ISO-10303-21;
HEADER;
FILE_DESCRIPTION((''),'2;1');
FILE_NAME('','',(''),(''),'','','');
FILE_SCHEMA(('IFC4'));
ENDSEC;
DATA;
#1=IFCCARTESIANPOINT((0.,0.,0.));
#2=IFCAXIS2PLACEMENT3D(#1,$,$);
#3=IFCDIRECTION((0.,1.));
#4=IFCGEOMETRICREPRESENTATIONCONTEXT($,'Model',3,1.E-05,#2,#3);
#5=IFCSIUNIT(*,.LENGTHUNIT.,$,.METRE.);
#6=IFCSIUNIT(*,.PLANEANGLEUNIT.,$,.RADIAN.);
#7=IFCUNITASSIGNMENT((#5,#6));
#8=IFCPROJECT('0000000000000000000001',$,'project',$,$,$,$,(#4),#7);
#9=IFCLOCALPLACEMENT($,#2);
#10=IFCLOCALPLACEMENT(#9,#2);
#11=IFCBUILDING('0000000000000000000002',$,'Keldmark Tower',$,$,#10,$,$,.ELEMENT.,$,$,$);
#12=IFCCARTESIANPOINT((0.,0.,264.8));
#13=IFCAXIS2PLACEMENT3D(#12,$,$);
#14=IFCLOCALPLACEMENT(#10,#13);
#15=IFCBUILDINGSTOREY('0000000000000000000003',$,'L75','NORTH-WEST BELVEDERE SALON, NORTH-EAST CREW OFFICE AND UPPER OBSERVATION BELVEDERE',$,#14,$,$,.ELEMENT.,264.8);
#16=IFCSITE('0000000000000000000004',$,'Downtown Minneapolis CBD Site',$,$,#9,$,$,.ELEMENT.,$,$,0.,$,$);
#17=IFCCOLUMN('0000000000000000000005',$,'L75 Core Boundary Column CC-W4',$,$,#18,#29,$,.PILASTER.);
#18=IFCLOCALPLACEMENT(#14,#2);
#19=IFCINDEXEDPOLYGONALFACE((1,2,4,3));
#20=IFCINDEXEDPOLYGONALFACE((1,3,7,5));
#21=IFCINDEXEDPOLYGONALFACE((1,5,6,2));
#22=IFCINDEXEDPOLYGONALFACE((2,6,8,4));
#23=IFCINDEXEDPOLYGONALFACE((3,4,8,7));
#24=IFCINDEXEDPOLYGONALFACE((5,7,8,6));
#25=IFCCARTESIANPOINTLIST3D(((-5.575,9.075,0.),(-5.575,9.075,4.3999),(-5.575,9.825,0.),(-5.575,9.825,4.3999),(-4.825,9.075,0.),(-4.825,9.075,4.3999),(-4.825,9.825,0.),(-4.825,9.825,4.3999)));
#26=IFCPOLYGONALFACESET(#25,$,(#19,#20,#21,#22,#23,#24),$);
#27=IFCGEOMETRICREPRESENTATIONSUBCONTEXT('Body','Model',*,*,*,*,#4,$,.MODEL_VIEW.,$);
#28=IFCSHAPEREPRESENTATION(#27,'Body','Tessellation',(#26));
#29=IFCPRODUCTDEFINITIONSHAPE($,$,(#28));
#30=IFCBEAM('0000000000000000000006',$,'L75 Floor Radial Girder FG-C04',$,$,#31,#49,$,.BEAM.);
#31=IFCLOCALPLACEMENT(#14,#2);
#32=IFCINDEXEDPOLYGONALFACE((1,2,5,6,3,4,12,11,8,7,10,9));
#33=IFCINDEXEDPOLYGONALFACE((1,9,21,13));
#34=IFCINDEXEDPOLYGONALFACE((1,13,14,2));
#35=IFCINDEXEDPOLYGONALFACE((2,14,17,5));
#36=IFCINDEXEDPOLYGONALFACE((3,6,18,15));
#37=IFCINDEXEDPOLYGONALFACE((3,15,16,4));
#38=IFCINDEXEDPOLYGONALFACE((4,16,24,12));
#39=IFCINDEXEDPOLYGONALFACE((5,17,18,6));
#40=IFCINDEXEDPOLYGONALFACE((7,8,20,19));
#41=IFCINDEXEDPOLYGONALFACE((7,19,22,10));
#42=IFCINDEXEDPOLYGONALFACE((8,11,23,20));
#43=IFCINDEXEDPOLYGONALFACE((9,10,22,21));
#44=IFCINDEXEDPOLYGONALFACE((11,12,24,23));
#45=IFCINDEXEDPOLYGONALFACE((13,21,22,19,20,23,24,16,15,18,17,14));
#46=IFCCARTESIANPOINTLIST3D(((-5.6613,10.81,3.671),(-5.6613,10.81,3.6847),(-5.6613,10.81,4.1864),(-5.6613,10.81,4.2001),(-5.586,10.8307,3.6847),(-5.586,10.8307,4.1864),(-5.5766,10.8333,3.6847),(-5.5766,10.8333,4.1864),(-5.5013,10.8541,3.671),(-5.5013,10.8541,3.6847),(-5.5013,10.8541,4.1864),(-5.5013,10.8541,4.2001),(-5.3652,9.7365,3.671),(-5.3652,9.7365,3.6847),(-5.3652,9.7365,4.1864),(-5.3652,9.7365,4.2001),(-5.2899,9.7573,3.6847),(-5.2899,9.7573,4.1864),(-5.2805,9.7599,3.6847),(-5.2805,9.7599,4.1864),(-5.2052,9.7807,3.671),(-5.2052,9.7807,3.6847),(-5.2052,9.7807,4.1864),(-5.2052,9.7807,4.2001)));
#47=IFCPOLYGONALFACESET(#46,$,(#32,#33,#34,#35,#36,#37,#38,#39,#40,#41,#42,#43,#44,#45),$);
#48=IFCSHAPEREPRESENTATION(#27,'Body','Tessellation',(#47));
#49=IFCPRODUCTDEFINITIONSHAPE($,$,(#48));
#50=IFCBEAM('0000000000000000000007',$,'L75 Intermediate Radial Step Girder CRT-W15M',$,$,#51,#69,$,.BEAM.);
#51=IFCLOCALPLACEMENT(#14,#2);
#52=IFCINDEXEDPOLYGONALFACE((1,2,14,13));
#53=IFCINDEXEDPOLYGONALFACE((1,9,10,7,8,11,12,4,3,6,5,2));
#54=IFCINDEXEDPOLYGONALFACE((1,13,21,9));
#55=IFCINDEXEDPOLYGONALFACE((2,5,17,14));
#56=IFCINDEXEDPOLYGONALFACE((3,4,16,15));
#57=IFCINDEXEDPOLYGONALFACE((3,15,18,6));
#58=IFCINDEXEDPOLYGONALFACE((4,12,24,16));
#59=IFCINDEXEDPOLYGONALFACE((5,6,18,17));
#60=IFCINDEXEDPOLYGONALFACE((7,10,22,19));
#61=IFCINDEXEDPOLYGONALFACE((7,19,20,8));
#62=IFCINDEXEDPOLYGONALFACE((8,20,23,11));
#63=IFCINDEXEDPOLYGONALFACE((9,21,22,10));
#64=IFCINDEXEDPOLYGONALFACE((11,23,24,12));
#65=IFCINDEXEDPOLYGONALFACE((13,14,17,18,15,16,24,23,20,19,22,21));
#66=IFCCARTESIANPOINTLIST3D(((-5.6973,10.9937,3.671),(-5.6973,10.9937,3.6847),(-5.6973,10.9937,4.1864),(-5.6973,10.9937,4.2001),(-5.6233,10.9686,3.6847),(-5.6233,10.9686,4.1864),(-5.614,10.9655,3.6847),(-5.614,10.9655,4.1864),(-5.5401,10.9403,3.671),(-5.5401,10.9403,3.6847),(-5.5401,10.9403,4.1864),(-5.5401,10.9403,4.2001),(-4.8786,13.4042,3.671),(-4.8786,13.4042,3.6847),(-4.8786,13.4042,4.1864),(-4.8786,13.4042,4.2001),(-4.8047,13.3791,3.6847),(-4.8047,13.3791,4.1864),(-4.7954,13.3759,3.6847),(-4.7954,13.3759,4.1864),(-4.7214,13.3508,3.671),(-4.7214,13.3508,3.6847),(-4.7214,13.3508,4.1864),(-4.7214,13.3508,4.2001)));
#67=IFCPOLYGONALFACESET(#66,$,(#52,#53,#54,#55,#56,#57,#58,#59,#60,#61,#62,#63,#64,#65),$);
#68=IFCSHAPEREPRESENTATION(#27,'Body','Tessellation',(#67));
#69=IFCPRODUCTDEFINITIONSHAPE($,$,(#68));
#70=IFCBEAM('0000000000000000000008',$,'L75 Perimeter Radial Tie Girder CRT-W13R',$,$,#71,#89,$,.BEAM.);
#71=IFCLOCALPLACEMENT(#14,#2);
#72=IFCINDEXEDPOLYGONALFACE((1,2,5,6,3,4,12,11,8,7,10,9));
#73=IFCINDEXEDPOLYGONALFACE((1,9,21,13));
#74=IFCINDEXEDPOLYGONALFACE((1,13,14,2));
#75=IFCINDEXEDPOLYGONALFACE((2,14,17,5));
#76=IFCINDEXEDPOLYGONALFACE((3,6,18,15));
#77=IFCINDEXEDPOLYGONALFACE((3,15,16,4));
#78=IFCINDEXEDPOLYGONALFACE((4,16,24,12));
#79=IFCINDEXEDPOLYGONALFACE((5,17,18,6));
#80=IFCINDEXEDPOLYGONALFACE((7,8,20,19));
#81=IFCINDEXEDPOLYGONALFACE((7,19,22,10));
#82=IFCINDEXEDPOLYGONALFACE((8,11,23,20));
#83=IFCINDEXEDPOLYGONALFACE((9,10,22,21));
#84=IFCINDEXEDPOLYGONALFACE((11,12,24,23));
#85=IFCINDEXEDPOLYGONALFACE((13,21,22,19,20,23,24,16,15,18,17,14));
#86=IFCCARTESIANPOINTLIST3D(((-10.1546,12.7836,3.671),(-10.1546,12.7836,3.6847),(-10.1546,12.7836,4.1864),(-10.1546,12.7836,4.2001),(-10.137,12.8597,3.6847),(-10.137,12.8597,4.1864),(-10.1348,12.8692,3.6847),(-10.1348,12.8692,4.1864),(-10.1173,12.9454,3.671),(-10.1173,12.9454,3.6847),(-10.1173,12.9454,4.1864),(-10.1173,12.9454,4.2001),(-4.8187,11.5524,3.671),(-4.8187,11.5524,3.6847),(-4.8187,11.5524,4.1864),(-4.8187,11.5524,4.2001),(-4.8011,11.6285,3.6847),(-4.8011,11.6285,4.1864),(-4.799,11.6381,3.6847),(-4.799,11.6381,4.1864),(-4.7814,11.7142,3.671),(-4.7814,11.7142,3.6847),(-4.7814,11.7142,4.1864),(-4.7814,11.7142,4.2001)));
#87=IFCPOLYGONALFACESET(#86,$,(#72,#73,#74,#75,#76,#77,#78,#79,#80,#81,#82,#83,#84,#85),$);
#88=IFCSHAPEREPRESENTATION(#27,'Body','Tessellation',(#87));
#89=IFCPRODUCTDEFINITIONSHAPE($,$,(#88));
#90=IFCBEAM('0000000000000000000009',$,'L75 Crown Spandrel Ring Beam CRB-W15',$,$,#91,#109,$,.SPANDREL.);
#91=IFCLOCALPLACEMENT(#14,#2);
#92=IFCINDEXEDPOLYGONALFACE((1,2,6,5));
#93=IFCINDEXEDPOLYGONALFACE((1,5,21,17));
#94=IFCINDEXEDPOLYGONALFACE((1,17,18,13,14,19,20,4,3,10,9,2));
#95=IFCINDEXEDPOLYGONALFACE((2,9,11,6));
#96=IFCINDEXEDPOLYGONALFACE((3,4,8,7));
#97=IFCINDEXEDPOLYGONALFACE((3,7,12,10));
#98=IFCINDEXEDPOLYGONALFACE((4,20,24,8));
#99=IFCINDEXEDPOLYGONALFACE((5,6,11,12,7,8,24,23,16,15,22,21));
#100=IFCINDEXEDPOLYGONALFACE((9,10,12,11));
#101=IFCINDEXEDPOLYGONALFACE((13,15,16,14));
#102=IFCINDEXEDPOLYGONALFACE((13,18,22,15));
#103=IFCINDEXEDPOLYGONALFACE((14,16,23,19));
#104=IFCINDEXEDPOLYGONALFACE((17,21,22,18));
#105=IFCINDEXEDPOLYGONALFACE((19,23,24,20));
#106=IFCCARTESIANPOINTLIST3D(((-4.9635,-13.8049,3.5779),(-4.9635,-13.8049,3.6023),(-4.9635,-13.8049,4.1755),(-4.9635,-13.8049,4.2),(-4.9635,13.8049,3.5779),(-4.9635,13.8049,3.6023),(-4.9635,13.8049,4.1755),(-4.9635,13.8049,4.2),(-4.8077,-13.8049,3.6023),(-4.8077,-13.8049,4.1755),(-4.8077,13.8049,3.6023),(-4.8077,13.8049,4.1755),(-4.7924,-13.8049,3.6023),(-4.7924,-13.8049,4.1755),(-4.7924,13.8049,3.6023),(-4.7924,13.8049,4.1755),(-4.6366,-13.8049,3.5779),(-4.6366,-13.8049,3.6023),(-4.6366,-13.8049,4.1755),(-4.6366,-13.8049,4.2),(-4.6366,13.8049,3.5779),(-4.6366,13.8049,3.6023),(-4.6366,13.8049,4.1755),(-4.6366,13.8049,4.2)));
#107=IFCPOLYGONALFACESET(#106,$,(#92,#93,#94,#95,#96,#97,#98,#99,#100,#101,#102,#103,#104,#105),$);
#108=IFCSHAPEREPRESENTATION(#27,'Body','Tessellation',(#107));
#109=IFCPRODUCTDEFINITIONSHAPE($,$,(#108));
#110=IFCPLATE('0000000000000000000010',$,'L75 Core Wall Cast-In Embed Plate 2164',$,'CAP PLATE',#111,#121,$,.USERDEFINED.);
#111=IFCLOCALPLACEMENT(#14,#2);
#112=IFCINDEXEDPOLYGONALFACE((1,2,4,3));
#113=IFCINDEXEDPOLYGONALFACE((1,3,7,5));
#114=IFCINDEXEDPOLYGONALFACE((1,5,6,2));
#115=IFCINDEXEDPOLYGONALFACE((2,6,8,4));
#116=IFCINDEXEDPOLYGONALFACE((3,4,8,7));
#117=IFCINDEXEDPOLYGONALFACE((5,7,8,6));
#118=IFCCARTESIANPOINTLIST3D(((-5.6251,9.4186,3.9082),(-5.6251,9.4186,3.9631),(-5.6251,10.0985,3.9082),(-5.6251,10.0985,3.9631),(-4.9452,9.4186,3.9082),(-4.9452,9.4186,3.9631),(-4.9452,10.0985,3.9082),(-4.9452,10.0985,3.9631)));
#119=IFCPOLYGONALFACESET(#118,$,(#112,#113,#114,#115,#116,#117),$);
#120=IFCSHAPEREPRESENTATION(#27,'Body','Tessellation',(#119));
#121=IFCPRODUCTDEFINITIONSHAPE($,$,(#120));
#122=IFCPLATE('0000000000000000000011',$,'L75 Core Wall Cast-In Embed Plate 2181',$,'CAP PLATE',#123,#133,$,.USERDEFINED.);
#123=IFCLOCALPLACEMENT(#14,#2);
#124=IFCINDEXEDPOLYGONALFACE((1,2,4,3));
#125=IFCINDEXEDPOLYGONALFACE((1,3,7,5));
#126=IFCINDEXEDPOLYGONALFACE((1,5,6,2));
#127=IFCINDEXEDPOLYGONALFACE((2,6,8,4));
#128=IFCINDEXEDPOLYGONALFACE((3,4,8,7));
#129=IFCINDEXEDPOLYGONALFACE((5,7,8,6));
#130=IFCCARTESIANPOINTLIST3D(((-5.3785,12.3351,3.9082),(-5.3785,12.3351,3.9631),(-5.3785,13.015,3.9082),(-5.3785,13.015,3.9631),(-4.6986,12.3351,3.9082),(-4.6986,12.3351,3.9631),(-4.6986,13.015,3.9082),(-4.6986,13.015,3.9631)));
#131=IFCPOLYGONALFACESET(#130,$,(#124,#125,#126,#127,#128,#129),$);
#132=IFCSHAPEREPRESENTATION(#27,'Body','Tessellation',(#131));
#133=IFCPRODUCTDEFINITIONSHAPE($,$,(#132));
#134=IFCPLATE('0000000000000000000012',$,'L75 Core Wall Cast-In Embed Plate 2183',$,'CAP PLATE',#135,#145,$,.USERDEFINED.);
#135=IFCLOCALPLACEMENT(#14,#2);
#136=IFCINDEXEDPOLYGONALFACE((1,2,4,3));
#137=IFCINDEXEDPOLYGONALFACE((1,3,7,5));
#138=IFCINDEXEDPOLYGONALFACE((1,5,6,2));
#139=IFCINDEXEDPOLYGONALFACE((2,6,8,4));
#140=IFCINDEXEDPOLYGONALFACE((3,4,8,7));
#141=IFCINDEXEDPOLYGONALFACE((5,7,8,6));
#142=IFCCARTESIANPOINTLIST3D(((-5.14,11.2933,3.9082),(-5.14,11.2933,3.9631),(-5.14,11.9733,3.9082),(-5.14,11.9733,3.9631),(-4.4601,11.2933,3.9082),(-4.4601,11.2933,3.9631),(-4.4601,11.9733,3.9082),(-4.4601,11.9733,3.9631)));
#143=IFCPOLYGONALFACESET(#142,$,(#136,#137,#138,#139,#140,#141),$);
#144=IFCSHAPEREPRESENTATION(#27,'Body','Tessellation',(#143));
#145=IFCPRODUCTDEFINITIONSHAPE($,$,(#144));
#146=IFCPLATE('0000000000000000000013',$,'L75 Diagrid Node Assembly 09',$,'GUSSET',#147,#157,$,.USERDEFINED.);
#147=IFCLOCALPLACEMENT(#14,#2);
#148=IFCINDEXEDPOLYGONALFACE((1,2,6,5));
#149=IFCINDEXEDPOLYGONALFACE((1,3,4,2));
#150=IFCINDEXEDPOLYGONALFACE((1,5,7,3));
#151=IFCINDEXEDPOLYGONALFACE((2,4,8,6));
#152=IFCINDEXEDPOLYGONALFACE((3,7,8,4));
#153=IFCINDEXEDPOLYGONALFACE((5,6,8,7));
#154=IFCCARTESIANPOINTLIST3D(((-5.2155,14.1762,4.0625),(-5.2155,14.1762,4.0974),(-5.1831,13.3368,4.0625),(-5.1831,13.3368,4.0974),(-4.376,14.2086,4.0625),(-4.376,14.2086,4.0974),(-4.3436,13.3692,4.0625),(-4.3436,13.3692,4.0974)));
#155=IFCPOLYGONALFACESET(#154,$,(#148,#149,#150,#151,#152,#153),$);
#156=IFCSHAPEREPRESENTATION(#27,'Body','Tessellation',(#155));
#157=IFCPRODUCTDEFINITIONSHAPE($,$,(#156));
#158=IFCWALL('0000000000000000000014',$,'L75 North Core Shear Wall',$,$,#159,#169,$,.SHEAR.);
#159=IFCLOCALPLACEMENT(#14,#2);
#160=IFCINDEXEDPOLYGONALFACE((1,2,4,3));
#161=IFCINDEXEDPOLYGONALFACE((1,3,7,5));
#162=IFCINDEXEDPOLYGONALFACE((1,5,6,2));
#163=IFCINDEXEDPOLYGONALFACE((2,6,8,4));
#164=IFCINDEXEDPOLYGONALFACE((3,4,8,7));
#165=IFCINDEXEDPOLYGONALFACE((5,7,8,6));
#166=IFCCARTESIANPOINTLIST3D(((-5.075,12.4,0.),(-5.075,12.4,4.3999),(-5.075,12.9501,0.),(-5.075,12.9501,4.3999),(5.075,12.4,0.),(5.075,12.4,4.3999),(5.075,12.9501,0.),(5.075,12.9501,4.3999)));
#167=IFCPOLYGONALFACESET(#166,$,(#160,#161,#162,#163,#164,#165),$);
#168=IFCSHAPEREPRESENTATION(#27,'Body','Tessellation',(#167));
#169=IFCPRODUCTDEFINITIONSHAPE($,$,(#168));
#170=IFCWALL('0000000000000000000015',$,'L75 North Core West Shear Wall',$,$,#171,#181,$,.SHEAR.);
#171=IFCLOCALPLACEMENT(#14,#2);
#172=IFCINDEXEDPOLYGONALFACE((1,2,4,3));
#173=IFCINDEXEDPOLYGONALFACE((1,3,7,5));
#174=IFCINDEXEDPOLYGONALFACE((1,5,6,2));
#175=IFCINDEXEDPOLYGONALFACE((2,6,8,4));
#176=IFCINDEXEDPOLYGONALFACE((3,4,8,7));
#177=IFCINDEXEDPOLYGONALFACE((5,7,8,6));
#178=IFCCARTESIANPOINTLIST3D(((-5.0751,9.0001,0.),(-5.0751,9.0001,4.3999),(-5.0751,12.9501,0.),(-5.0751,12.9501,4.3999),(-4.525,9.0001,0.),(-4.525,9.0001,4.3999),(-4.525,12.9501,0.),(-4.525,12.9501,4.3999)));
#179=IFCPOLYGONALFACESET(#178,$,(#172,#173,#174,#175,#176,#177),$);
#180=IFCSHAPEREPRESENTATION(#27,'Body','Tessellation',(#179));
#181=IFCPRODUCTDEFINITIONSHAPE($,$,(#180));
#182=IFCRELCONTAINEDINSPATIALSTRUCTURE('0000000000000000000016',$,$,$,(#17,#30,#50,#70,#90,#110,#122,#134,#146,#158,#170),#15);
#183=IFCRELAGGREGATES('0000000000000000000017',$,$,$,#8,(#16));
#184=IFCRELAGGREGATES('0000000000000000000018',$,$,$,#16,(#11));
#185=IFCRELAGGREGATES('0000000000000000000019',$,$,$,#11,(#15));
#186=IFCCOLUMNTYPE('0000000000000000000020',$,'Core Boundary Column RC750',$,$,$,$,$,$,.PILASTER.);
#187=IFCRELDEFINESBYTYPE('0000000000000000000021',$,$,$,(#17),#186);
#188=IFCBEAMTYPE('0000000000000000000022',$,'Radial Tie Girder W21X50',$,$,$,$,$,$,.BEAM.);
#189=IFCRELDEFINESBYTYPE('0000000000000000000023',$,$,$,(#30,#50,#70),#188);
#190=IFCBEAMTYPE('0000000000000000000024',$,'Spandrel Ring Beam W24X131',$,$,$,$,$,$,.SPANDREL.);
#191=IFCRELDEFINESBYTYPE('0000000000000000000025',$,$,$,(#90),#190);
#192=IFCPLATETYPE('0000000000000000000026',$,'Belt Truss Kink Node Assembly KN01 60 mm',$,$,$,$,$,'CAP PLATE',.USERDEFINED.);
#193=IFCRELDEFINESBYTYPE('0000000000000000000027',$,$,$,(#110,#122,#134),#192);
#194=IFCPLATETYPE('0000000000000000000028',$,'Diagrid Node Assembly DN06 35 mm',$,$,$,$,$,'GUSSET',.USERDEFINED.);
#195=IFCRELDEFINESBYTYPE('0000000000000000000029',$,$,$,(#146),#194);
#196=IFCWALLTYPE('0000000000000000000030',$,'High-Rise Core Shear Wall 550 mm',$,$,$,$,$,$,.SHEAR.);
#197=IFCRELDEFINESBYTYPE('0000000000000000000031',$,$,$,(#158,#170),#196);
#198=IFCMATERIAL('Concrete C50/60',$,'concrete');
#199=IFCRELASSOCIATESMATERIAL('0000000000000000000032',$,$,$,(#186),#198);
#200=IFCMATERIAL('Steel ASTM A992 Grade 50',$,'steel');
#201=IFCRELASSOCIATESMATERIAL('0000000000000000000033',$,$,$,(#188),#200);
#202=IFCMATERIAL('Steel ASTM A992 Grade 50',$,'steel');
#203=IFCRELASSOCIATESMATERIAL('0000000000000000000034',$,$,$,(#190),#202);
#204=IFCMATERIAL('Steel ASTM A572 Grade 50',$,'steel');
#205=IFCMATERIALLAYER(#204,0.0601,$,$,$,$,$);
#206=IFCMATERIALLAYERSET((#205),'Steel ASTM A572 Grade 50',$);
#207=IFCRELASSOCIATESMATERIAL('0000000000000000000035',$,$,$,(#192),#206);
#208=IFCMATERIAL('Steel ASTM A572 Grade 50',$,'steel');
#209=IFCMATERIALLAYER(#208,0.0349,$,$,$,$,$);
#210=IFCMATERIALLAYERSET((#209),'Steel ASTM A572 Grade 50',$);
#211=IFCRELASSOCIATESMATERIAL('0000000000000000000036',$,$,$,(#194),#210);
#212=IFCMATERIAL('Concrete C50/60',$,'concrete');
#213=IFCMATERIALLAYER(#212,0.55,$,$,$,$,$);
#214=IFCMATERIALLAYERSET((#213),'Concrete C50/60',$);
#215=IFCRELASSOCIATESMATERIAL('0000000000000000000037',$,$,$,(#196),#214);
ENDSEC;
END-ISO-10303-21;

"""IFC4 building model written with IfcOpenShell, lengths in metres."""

from ifc_helpers import new_model, si_unit, direction, frame, frame_2d, origin, origin_2d, place, context, subcontext, project, spatial, rectangle, i_section, extrude, material, layer, layer_set, material_profile, profile_set, type_object, element, save


model = new_model("IFC4")

# Units and contexts
model_context = context("Model", 3, precision=1e-05, world=origin(), true_north=direction((0.0, 1.0)))
body_context = subcontext(model_context, "Body", "Model", "MODEL_VIEW")
ifc_project = project(units=[si_unit("LENGTHUNIT", "METRE"), si_unit("PLANEANGLEUNIT", "RADIAN")], contexts=[model_context])

# Site, building, storey
site_placement = place(None, origin())
site = spatial("IfcSite", under=ifc_project, at=site_placement, Name="Downtown Minneapolis CBD Site", CompositionType="ELEMENT", RefElevation=0.0)
building_placement = place(site_placement, origin())
building = spatial("IfcBuilding", under=site, at=building_placement, Name="Keldmark Tower", CompositionType="ELEMENT")
storey_placement = place(building_placement, frame((0.0, 0.0, 264.8)))
storey = spatial("IfcBuildingStorey", under=building, at=storey_placement, Name="L75", Description="NORTH-WEST BELVEDERE SALON, NORTH-EAST CREW OFFICE AND UPPER OBSERVATION BELVEDERE", CompositionType="ELEMENT", Elevation=264.8)

# Column
ifc_material_1 = material(Name="Concrete C50/60", Category="concrete")
ifc_material_profile_1 = material_profile(ifc_material_1, rectangle(XDim=0.75, YDim=0.75, at=origin_2d()), Name="RC750X750")
ifc_profile_set_1 = profile_set([ifc_material_profile_1], Name="Concrete C50/60")
column_type = type_object("IfcColumnType", Name="Core Boundary Column RC750", PredefinedType="PILASTER", material=ifc_profile_set_1)
column_placement = place(storey_placement, frame((-5.2, 9.45, 0.0), z_axis=(0.0, 0.0, 1.0), x_axis=(1.0, 0.0, 0.0)))
element("IfcColumn", 1, at=column_placement, inside=storey, type_object=column_type, Name="L75 Core Boundary Column CC-W4", PredefinedType="PILASTER", context=body_context, shape_type="SweptSolid", body=[
    extrude(rectangle(XDim=0.75, YDim=0.75, at=origin_2d()), origin(), (0.0, 0.0, 1.0), 4.3999),
])

# Beams
ifc_material_2 = material(Name="Steel ASTM A992 Grade 50", Category="steel")
ifc_material_profile_2 = material_profile(ifc_material_2, i_section(OverallWidth=0.166, OverallDepth=0.5291, WebThickness=0.0098, FlangeThickness=0.0137, at=origin_2d()), Name="W21X50")
ifc_profile_set_2 = profile_set([ifc_material_profile_2], Name="Steel ASTM A992 Grade 50")
beam_type_1 = type_object("IfcBeamType", Name="Radial Tie Girder W21X50", PredefinedType="BEAM", material=ifc_profile_set_2)
beam_1_placement = place(storey_placement, frame((-5.5813, 10.832, 3.9355), z_axis=(0.265936, -0.963991, 0.0), x_axis=(0.963991, 0.265936, 0.0)))
element("IfcBeam", 2, at=beam_1_placement, inside=storey, type_object=beam_type_1, Name="L75 Floor Radial Girder FG-C04", PredefinedType="BEAM", context=body_context, shape_type="SweptSolid", body=[
    extrude(i_section(OverallWidth=0.166, OverallDepth=0.5291, WebThickness=0.0098, FlangeThickness=0.0137, at=origin_2d()), origin(), (0.0, 0.0, 1.0), 1.1135),
])
beam_2_placement = place(storey_placement, frame((-5.6187, 10.967, 3.9355), z_axis=(0.321574, 0.946884, 0.0), x_axis=(-0.946884, 0.321574, 0.0)))
element("IfcBeam", 3, at=beam_2_placement, inside=storey, type_object=beam_type_1, Name="L75 Intermediate Radial Step Girder CRT-W15M", PredefinedType="BEAM", context=body_context, shape_type="SweptSolid", body=[
    extrude(i_section(OverallWidth=0.166, OverallDepth=0.5291, WebThickness=0.0098, FlangeThickness=0.0137, at=origin_2d()), origin(), (0.0, 0.0, 1.0), 2.5457),
])
beam_3_placement = place(storey_placement, frame((-4.8, 11.6333, 3.9355), z_axis=(-0.974398, 0.22483, 0.0), x_axis=(-0.22483, -0.974398, 0.0)))
element("IfcBeam", 4, at=beam_3_placement, inside=storey, type_object=beam_type_1, Name="L75 Perimeter Radial Tie Girder CRT-W13R", PredefinedType="BEAM", context=body_context, shape_type="SweptSolid", body=[
    extrude(i_section(OverallWidth=0.166, OverallDepth=0.5291, WebThickness=0.0098, FlangeThickness=0.0137, at=origin_2d()), origin(), (0.0, 0.0, 1.0), 5.4761),
])
ifc_material_3 = material(Name="Steel ASTM A992 Grade 50", Category="steel")
ifc_material_profile_3 = material_profile(ifc_material_3, i_section(OverallWidth=0.3269, OverallDepth=0.6221, WebThickness=0.0154, FlangeThickness=0.0244, at=origin_2d()), Name="W24X131")
ifc_profile_set_3 = profile_set([ifc_material_profile_3], Name="Steel ASTM A992 Grade 50")
beam_type_2 = type_object("IfcBeamType", Name="Spandrel Ring Beam W24X131", PredefinedType="SPANDREL", material=ifc_profile_set_3)
beam_4_placement = place(storey_placement, frame((-4.8, 13.8049, 3.8889), z_axis=(0.0, -1.0, 0.0), x_axis=(1.0, 0.0, 0.0)))
element("IfcBeam", 5, at=beam_4_placement, inside=storey, type_object=beam_type_2, Name="L75 Crown Spandrel Ring Beam CRB-W15", PredefinedType="SPANDREL", context=body_context, shape_type="SweptSolid", body=[
    extrude(i_section(OverallWidth=0.3269, OverallDepth=0.6221, WebThickness=0.0154, FlangeThickness=0.0244, at=origin_2d()), origin(), (0.0, 0.0, 1.0), 27.6099),
])

# Plates
ifc_material_4 = material(Name="Steel ASTM A572 Grade 50", Category="steel")
ifc_layer_1 = layer(ifc_material_4, 0.0601)
ifc_layer_set_1 = layer_set([ifc_layer_1], Name="Steel ASTM A572 Grade 50")
plate_type_1 = type_object("IfcPlateType", Name="Belt Truss Kink Node Assembly KN01 60 mm", ElementType="CAP PLATE", PredefinedType="USERDEFINED", material=ifc_layer_set_1)
for number, where, z_axis, x_axis, name in (
    (6, (-5.2852, 9.7585, 3.9082), (0.0, 0.0, 1.0), (1.0, 0.0, 0.0), "L75 Core Wall Cast-In Embed Plate 2164"),
    (7, (-5.0386, 12.675, 3.9082), (0.0, 0.0, 1.0), (1.0, 0.0, 0.0), "L75 Core Wall Cast-In Embed Plate 2181"),
    (8, (-4.8, 11.6333, 3.9082), (0.0, 0.0, 1.0), (1.0, 0.0, 0.0), "L75 Core Wall Cast-In Embed Plate 2183"),
):
    element("IfcPlate", number, at=place(storey_placement, frame(where, z_axis=z_axis, x_axis=x_axis)), inside=storey, type_object=plate_type_1, Name=name, ObjectType="CAP PLATE", PredefinedType="USERDEFINED", context=body_context, shape_type="SweptSolid", body=[
        extrude(rectangle(XDim=0.6799, YDim=0.6799, at=origin_2d()), origin(), (0.0, 0.0, 1.0), 0.0549),
    ])
ifc_material_5 = material(Name="Steel ASTM A572 Grade 50", Category="steel")
ifc_layer_2 = layer(ifc_material_5, 0.0349)
ifc_layer_set_2 = layer_set([ifc_layer_2], Name="Steel ASTM A572 Grade 50")
plate_type_2 = type_object("IfcPlateType", Name="Diagrid Node Assembly DN06 35 mm", ElementType="GUSSET", PredefinedType="USERDEFINED", material=ifc_layer_set_2)
plate_placement = place(storey_placement, frame((-4.7795, 13.7727, 4.0625), z_axis=(0.0, 0.0, 1.0), x_axis=(-0.999256, -0.038562, 0.0)))
element("IfcPlate", 9, at=plate_placement, inside=storey, type_object=plate_type_2, Name="L75 Diagrid Node Assembly 09", ObjectType="GUSSET", PredefinedType="USERDEFINED", context=body_context, shape_type="SweptSolid", body=[
    extrude(rectangle(XDim=0.8401, YDim=0.8401, at=origin_2d()), origin(), (0.0, 0.0, 1.0), 0.0349),
])

# Walls
ifc_material_6 = material(Name="Concrete C50/60", Category="concrete")
ifc_layer_3 = layer(ifc_material_6, 0.55)
ifc_layer_set_3 = layer_set([ifc_layer_3], Name="Concrete C50/60")
wall_type_1 = type_object("IfcWallType", Name="High-Rise Core Shear Wall 550 mm", PredefinedType="SHEAR", material=ifc_layer_set_3)
wall_1_placement = place(storey_placement, frame((-5.075, 12.675, 0.0), z_axis=(0.0, 0.0, 1.0), x_axis=(1.0, 0.0, 0.0)))
element("IfcWall", 10, at=wall_1_placement, inside=storey, type_object=wall_type_1, Name="L75 North Core Shear Wall", PredefinedType="SHEAR", context=body_context, shape_type="SweptSolid", body=[
    extrude(rectangle(XDim=10.1499, YDim=0.55, at=frame_2d((5.075, 0.0))), origin(), (0.0, 0.0, 1.0), 4.3999),
])
wall_2_placement = place(storey_placement, frame((-4.8, 9.0, 0.0), z_axis=(0.0, 0.0, 1.0), x_axis=(0.0, 1.0, 0.0)))
element("IfcWall", 11, at=wall_2_placement, inside=storey, type_object=wall_type_1, Name="L75 North Core West Shear Wall", PredefinedType="SHEAR", context=body_context, shape_type="SweptSolid", body=[
    extrude(rectangle(XDim=3.95, YDim=0.55, at=frame_2d((1.9751, 0.0))), origin(), (0.0, 0.0, 1.0), 4.3999),
])

save(model, "model.ifc")
